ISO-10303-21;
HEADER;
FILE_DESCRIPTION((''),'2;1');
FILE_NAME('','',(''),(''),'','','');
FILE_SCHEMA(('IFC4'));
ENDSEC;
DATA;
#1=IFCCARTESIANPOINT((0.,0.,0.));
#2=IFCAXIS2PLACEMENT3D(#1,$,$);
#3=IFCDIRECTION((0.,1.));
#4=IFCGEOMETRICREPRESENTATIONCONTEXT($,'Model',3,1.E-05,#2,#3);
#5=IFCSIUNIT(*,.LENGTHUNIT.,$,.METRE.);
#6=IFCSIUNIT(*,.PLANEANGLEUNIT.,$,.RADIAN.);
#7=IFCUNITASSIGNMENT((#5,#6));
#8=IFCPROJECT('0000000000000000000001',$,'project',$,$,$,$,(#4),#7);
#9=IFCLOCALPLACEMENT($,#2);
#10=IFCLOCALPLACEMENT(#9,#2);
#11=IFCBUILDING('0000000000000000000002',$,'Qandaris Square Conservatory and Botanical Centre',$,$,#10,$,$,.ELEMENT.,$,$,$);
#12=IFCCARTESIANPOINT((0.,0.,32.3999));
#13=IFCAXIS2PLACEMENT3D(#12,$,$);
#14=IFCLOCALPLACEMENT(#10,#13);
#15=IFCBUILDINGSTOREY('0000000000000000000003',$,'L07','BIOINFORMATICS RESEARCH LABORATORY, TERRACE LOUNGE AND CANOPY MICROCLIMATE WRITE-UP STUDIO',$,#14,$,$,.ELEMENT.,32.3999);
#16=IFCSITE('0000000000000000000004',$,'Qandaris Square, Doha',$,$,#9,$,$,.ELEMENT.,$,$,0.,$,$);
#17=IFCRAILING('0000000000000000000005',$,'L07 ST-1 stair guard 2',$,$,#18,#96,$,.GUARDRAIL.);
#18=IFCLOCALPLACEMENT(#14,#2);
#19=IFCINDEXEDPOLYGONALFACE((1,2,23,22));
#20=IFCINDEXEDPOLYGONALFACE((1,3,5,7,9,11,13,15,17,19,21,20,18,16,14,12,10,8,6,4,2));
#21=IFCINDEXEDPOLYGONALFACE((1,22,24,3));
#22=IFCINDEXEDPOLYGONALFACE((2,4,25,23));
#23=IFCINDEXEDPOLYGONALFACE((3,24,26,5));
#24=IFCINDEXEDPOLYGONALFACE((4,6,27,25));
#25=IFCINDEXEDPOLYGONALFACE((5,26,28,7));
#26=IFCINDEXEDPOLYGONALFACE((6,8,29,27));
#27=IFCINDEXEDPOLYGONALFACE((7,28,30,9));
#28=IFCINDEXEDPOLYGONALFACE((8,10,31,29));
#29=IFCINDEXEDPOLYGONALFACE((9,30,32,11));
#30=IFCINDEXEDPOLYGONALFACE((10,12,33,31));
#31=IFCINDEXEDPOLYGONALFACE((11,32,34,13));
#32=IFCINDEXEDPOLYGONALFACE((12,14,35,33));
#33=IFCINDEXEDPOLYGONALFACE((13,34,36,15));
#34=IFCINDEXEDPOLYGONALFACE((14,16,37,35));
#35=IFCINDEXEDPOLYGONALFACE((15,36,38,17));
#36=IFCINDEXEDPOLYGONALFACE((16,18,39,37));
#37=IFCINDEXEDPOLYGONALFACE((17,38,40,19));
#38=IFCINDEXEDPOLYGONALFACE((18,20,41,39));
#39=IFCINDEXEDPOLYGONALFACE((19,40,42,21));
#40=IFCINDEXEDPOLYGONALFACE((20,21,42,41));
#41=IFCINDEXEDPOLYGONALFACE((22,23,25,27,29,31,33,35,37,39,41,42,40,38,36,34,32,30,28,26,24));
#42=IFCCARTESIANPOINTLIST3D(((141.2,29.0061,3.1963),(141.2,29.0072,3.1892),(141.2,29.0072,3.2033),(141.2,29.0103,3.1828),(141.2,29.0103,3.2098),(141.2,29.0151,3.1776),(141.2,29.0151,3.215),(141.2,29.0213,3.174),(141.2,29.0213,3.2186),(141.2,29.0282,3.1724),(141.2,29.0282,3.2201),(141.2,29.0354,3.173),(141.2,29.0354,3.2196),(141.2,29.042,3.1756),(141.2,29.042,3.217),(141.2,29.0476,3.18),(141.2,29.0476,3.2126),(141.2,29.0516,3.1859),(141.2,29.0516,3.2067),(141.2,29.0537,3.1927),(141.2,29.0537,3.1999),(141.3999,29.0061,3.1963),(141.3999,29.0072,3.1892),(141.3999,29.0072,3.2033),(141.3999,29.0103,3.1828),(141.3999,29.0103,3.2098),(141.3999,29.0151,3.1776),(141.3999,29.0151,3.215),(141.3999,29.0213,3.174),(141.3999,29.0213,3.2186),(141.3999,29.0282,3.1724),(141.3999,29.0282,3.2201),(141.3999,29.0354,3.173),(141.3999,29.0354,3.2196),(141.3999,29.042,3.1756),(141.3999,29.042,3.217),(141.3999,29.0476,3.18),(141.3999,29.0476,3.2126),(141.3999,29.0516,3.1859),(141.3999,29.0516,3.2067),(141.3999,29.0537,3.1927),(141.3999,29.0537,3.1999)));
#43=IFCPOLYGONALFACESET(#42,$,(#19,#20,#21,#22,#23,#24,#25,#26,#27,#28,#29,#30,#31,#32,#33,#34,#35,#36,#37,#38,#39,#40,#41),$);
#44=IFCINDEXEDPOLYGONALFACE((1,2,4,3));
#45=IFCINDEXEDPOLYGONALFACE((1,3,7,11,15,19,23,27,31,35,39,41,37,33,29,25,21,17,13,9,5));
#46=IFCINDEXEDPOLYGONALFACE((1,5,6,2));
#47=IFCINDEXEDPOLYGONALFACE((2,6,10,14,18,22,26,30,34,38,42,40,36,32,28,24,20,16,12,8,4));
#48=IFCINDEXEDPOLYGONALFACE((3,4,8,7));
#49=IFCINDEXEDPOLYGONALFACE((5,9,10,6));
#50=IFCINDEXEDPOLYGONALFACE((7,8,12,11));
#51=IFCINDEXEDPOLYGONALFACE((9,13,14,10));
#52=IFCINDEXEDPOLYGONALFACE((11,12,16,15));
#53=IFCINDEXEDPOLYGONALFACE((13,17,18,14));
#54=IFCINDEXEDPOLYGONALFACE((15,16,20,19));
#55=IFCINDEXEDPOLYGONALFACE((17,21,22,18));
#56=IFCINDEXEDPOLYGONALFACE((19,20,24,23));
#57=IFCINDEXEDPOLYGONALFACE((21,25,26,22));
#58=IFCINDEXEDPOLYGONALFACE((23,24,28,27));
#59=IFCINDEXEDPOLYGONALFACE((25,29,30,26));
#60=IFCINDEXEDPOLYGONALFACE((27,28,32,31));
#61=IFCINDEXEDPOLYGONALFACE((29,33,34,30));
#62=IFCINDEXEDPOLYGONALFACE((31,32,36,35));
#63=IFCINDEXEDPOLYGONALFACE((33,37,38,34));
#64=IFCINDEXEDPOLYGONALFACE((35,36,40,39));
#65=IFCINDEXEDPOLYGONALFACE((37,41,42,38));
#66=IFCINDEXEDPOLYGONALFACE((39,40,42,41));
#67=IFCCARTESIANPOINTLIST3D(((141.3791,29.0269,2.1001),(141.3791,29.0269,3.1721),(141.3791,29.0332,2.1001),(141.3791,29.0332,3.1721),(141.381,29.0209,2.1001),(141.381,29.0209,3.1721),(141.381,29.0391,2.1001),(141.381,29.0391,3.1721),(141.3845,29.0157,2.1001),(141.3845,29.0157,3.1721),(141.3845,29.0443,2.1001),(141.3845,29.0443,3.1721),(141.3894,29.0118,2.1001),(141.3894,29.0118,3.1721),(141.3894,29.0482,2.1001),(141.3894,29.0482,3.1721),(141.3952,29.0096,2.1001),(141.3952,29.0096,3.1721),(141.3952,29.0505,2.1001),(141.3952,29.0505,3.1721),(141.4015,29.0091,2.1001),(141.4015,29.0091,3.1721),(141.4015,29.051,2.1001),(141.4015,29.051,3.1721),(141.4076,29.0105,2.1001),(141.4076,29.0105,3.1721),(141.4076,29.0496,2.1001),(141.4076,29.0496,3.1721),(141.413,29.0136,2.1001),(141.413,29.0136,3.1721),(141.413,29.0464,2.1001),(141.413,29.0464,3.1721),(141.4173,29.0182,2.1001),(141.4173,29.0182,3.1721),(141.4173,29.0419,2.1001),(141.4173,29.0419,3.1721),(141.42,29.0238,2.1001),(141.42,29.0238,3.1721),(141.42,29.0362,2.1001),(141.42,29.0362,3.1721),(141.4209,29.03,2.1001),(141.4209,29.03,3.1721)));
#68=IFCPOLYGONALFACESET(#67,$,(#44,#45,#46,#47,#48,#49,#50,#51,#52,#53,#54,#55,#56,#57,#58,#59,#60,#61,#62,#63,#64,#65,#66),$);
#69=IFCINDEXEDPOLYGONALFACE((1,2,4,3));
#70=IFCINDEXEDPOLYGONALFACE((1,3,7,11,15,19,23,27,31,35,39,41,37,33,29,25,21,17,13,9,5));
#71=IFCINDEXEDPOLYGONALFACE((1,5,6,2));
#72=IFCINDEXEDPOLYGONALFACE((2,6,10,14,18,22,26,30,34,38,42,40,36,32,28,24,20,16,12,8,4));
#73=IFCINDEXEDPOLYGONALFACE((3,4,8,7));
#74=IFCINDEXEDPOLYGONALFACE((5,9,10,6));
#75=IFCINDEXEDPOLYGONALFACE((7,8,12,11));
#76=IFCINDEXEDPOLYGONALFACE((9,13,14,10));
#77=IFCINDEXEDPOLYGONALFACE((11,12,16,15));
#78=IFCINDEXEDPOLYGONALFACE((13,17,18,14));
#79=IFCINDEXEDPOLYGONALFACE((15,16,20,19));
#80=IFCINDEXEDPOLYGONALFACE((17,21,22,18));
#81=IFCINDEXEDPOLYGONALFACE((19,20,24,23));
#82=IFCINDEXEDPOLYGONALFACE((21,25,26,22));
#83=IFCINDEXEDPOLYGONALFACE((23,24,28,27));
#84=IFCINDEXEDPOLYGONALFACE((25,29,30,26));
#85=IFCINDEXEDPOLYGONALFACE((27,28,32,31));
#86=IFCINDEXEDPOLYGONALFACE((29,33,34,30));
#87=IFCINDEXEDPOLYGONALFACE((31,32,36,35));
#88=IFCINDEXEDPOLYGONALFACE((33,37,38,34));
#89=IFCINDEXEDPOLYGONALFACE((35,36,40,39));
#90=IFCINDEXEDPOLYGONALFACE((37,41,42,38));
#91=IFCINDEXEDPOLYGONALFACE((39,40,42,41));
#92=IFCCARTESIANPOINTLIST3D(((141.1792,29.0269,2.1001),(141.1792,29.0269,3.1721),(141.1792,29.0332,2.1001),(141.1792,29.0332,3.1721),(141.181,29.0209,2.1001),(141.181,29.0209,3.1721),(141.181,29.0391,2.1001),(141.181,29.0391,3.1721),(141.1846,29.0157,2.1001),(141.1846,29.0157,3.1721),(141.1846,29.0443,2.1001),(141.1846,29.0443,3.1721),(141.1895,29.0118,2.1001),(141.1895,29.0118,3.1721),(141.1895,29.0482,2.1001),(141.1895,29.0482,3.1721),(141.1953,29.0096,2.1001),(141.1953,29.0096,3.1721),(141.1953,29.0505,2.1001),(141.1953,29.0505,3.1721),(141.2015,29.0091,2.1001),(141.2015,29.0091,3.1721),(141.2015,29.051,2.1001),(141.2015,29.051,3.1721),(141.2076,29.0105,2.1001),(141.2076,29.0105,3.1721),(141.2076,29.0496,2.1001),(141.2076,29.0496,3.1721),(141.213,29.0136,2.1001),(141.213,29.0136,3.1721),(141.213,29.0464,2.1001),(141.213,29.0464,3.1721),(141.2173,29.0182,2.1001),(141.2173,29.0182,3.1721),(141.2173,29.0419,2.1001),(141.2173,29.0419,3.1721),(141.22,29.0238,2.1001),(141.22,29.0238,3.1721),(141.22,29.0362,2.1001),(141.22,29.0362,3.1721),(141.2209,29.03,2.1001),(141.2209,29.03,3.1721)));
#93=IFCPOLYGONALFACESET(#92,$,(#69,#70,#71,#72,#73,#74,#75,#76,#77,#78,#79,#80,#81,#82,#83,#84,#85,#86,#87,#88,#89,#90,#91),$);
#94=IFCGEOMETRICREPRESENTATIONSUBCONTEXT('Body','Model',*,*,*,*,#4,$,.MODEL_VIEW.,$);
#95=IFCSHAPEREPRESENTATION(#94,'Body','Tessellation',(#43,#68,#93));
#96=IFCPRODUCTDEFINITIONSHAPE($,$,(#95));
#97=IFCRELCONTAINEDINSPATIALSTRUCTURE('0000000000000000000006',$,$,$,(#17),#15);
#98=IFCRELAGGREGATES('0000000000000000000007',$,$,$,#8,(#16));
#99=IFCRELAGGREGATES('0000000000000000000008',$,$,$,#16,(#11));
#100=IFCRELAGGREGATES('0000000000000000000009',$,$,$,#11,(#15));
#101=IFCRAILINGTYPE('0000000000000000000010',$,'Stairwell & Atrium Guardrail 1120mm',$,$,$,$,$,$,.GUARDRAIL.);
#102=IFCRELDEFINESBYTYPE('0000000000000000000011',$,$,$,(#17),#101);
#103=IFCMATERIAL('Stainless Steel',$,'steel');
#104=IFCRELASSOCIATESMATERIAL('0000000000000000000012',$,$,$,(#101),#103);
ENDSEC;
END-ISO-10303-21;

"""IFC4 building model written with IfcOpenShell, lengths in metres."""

from ifc_helpers import new_model, si_unit, direction, frame, origin, origin_2d, place, context, subcontext, project, spatial, circle, extrude, material, type_object, element, save


model = new_model("IFC4")

# Units and contexts
model_context = context("Model", 3, precision=1e-05, world=origin(), true_north=direction((0.0, 1.0)))
body_context = subcontext(model_context, "Body", "Model", "MODEL_VIEW")
ifc_project = project(units=[si_unit("LENGTHUNIT", "METRE"), si_unit("PLANEANGLEUNIT", "RADIAN")], contexts=[model_context])

# Site, building, storey
site_placement = place(None, origin())
site = spatial("IfcSite", under=ifc_project, at=site_placement, Name="Qandaris Square, Doha", CompositionType="ELEMENT", RefElevation=0.0)
building_placement = place(site_placement, origin())
building = spatial("IfcBuilding", under=site, at=building_placement, Name="Qandaris Square Conservatory and Botanical Centre", CompositionType="ELEMENT")
storey_placement = place(building_placement, frame((0.0, 0.0, 32.3999)))
storey = spatial("IfcBuildingStorey", under=building, at=storey_placement, Name="L07", Description="BIOINFORMATICS RESEARCH LABORATORY, TERRACE LOUNGE AND CANOPY MICROCLIMATE WRITE-UP STUDIO", CompositionType="ELEMENT", Elevation=32.3999)

# Railing
ifc_material_1 = material(Name="Stainless Steel", Category="steel")
railing_type_1 = type_object("IfcRailingType", Name="Stairwell & Atrium Guardrail 1120mm", PredefinedType="GUARDRAIL", material=ifc_material_1)
railing_1_placement = place(storey_placement, frame((141.3999, 29.03, 2.1001)))
element("IfcRailing", 1, at=railing_1_placement, inside=storey, type_object=railing_type_1, Name="L07 ST-1 stair guard 2", PredefinedType="GUARDRAIL", context=body_context, shape_type="SweptSolid", body=[
    extrude(circle(Radius=0.0239, at=origin_2d()), frame((0.0, 0.0, 1.0962), z_axis=(-1.0, 0.0, 0.0), x_axis=(0.0, -1.0, 0.0)), (0.0, 0.0, 1.0), 0.2),
    extrude(circle(Radius=0.021, at=origin_2d()), origin(), (0.0, 0.0, 1.0), 1.072),
    extrude(circle(Radius=0.021, at=origin_2d()), frame((-0.2, 0.0, 0.0)), (0.0, 0.0, 1.0), 1.072),
])

save(model, "model.ifc")
